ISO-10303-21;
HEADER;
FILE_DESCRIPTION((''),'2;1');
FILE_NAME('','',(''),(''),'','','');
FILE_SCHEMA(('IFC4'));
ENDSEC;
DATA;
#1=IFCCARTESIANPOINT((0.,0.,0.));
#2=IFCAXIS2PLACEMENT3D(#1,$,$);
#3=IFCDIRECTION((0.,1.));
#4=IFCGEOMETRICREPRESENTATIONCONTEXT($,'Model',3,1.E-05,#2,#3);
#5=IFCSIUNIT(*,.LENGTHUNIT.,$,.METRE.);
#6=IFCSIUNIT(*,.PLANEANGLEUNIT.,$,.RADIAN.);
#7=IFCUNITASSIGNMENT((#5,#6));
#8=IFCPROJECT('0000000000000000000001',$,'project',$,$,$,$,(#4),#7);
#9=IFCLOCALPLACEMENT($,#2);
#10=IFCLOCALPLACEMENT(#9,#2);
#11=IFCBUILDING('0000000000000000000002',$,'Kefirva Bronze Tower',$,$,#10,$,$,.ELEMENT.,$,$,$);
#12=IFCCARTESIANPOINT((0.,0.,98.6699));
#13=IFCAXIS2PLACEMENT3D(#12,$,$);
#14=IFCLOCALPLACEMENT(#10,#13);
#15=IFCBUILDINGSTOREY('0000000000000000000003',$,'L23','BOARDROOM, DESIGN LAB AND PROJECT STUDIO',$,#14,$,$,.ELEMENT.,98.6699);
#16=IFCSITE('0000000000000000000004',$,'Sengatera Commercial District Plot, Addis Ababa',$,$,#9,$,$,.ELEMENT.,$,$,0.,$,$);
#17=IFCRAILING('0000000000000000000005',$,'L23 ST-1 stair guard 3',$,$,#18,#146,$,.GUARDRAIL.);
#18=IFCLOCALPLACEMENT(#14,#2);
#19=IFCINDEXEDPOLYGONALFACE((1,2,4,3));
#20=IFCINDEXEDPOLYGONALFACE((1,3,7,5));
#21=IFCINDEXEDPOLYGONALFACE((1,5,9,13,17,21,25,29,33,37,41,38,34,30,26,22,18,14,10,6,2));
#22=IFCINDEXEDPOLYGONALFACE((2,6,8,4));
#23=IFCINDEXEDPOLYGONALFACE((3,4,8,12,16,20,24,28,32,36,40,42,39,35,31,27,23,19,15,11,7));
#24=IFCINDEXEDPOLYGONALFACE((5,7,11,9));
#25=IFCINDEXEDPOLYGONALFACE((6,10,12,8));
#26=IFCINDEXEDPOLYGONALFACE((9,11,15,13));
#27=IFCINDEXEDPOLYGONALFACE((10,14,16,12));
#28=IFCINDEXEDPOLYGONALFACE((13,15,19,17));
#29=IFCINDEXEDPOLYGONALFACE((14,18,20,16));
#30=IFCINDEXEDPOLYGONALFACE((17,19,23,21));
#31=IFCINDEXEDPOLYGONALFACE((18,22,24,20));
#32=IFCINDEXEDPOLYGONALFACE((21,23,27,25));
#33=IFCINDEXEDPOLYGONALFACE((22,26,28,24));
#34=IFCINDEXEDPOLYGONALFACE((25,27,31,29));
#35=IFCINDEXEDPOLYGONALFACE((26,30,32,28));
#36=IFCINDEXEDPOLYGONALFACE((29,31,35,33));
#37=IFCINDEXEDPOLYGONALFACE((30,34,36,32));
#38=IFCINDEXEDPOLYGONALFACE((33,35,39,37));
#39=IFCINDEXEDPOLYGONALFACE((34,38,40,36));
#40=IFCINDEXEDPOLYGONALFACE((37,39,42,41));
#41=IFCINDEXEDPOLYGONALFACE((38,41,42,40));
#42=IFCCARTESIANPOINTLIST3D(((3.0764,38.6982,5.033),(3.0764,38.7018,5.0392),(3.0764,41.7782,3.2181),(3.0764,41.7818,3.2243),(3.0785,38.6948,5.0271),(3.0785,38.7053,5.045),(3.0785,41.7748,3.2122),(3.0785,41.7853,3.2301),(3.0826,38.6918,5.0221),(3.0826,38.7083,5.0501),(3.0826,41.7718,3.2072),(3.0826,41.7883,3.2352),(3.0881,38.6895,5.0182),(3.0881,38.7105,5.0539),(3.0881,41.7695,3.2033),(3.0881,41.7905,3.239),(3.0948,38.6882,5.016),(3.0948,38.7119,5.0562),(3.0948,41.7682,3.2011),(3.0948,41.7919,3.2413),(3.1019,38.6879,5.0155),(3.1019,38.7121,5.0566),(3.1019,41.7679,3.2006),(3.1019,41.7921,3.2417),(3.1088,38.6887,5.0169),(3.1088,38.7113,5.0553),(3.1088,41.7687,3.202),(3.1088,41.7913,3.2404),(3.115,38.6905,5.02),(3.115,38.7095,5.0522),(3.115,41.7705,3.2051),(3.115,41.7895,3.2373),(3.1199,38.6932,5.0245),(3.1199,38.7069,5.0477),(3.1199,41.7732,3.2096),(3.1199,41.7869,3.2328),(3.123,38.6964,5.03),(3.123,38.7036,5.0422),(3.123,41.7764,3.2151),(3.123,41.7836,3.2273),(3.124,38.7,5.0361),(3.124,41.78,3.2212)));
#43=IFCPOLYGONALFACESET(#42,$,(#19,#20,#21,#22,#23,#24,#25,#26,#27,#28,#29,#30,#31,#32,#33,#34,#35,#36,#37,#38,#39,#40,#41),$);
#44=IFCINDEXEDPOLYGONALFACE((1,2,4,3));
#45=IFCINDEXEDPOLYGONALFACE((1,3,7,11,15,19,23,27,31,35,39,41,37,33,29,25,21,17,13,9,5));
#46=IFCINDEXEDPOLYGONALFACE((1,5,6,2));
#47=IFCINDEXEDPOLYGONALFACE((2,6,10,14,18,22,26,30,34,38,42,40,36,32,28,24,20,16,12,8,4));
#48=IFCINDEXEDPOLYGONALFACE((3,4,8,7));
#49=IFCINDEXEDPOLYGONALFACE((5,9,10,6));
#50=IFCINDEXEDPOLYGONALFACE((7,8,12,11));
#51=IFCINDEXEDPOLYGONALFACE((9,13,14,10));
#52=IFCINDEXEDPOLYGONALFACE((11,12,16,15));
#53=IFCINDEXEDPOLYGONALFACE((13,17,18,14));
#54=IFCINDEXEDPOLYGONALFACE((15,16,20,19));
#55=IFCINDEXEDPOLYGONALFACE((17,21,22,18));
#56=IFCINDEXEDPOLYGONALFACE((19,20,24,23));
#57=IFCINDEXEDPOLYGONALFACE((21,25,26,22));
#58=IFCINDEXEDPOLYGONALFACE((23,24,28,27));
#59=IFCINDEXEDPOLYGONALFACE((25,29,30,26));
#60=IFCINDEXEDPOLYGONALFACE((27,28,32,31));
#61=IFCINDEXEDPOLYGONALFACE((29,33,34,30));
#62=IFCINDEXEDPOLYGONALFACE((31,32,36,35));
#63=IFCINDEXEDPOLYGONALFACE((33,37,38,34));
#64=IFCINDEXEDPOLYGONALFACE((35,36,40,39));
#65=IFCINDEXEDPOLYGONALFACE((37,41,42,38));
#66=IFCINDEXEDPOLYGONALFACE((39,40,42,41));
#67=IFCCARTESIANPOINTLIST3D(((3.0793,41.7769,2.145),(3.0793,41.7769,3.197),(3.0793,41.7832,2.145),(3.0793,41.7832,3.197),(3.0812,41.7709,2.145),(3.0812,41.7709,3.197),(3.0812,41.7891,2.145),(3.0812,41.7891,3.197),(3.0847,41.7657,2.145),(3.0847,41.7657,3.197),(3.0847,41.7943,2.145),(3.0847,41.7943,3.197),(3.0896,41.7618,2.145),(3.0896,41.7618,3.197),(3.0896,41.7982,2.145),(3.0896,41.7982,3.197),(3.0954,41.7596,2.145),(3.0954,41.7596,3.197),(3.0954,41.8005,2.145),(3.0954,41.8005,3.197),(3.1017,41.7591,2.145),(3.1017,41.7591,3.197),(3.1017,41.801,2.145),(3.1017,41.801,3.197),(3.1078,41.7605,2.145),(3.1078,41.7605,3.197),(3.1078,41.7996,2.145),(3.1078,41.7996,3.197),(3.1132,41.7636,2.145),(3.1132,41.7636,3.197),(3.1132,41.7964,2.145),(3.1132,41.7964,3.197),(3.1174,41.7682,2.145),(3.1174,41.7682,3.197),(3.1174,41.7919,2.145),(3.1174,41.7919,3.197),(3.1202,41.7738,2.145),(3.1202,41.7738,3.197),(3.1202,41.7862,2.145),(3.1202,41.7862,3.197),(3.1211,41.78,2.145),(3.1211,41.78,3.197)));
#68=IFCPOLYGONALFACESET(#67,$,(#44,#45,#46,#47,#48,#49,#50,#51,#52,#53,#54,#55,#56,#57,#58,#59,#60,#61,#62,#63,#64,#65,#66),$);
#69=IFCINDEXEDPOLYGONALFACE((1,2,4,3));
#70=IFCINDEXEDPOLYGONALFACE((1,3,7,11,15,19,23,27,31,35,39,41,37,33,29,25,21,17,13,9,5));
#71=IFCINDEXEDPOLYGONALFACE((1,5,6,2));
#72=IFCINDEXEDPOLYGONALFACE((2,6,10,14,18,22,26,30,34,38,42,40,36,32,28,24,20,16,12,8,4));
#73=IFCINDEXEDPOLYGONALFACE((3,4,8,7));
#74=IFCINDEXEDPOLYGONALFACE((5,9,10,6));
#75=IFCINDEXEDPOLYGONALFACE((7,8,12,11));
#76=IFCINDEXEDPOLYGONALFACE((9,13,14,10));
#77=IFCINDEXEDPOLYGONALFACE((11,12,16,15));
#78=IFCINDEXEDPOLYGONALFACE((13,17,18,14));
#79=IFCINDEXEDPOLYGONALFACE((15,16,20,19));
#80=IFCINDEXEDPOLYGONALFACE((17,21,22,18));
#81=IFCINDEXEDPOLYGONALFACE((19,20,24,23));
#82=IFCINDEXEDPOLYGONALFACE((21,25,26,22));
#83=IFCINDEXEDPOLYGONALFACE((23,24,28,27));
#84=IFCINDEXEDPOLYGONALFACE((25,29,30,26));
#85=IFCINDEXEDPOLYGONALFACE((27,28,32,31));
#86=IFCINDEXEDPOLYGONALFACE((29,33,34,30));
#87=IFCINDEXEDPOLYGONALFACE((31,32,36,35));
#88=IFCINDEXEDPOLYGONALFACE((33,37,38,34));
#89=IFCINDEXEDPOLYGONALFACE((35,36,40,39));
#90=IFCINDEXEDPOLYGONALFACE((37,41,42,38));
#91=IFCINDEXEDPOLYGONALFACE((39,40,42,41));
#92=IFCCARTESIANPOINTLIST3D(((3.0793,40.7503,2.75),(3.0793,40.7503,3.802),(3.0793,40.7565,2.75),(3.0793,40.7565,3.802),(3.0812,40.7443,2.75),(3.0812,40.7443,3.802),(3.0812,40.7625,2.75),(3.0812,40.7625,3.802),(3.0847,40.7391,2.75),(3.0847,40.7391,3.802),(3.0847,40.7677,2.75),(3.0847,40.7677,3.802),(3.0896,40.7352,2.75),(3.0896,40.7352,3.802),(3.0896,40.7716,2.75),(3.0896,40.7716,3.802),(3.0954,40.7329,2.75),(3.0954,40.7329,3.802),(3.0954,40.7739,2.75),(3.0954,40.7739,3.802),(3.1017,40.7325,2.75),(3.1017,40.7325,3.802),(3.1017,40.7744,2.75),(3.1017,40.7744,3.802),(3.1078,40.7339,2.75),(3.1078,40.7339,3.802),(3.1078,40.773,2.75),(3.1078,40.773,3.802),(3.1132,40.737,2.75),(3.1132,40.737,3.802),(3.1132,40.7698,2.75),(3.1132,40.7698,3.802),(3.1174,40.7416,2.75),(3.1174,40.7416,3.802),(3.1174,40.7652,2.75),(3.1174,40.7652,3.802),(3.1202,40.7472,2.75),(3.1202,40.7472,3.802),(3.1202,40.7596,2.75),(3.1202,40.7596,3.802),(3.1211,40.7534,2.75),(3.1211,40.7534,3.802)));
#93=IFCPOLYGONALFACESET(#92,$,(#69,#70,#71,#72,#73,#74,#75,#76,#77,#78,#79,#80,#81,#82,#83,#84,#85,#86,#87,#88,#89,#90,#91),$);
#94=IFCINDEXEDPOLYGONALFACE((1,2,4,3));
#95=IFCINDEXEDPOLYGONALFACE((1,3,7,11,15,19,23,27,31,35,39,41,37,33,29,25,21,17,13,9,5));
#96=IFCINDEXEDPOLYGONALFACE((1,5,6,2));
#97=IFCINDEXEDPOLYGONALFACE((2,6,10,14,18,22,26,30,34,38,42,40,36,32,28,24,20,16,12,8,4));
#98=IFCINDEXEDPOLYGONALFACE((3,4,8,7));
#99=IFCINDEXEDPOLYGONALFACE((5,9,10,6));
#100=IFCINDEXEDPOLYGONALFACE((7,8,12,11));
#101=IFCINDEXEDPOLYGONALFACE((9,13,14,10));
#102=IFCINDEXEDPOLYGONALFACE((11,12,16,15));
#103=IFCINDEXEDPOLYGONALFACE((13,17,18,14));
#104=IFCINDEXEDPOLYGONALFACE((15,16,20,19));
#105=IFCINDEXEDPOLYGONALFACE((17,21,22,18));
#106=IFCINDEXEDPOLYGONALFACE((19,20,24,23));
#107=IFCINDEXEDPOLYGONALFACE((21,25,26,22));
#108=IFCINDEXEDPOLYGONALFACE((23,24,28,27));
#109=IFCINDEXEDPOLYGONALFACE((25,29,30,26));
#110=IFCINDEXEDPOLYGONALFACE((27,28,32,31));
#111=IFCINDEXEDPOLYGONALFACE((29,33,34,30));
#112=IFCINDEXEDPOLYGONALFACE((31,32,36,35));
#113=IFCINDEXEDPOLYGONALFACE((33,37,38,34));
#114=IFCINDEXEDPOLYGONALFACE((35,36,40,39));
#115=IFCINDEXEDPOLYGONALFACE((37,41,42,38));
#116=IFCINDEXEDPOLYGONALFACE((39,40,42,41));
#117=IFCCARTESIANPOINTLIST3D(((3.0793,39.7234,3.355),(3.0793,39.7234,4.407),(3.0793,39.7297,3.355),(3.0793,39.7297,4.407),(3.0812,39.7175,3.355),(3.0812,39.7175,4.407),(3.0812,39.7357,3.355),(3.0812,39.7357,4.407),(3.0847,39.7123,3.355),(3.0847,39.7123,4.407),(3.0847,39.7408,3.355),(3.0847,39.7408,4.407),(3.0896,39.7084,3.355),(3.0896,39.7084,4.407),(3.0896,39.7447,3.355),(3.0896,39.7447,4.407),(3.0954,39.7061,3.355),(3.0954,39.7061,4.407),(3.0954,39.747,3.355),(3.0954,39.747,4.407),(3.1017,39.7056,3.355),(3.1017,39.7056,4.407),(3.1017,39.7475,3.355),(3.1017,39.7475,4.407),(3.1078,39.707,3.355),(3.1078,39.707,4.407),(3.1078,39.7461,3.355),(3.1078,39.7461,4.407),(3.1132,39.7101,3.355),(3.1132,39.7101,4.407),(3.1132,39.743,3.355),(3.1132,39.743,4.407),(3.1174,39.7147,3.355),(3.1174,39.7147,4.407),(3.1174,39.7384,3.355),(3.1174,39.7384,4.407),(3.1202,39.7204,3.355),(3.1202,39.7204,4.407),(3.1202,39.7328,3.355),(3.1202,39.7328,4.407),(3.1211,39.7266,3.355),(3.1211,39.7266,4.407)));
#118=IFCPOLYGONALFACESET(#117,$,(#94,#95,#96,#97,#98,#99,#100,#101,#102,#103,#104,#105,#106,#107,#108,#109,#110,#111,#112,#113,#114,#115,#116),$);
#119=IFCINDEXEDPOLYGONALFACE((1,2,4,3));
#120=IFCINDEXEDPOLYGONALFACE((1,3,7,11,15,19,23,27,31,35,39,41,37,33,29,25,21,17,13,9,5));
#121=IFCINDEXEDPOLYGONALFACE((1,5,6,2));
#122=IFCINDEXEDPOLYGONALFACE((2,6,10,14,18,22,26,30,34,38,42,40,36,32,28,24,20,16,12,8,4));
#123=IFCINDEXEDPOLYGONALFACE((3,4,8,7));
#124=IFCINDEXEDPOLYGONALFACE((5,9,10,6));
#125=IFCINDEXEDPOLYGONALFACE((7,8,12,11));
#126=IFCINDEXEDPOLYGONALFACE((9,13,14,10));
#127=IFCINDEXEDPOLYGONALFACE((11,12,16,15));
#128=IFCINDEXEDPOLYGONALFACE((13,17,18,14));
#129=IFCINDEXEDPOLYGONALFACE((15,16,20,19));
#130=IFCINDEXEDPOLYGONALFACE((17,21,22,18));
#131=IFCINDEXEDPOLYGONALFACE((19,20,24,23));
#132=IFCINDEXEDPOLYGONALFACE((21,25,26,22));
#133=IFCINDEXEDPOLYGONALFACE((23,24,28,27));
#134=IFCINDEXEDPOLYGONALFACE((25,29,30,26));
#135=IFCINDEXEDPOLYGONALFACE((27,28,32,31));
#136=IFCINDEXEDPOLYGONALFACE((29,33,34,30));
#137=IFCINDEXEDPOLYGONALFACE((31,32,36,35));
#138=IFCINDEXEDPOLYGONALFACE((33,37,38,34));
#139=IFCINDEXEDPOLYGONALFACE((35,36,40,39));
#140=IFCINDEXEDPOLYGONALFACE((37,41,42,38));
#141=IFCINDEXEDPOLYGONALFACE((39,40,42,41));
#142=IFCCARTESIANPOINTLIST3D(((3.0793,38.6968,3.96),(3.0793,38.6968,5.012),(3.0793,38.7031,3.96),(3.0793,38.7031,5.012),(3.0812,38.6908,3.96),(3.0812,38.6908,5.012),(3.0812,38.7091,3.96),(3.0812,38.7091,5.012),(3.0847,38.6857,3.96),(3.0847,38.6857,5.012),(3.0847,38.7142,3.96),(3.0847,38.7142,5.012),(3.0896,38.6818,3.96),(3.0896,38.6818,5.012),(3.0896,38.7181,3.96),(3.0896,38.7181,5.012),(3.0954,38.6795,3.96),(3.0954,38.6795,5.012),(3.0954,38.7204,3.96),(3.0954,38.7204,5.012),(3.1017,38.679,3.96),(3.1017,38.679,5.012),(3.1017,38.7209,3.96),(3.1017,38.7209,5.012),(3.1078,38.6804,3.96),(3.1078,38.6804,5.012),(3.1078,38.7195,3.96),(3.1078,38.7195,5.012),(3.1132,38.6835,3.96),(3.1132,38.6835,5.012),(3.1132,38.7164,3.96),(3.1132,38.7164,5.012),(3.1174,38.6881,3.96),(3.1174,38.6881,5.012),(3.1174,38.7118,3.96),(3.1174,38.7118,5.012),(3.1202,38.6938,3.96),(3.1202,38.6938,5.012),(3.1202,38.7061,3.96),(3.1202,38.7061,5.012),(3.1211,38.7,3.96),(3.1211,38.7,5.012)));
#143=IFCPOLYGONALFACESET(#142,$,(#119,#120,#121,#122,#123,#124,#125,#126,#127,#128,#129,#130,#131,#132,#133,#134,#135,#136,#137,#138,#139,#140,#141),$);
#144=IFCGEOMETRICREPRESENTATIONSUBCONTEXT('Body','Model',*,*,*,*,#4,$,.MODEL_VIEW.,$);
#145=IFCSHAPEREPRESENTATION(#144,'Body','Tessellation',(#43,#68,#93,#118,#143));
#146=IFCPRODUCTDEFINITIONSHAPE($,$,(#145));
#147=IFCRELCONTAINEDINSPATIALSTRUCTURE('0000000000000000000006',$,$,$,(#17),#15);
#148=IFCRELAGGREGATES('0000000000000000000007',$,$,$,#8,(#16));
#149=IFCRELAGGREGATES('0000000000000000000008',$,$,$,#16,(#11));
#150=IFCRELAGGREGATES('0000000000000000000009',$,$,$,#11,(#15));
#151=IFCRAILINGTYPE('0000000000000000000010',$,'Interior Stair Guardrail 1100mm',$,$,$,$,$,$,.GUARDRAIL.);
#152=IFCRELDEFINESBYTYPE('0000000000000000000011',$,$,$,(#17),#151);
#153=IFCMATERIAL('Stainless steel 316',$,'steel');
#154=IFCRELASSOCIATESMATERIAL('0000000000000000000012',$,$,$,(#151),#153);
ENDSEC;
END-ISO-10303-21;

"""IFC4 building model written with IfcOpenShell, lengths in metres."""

from ifc_helpers import new_model, si_unit, direction, frame, origin, origin_2d, place, context, subcontext, project, spatial, circle, extrude, material, type_object, element, save


model = new_model("IFC4")

# Units and contexts
model_context = context("Model", 3, precision=1e-05, world=origin(), true_north=direction((0.0, 1.0)))
body_context = subcontext(model_context, "Body", "Model", "MODEL_VIEW")
ifc_project = project(units=[si_unit("LENGTHUNIT", "METRE"), si_unit("PLANEANGLEUNIT", "RADIAN")], contexts=[model_context])

# Site, building, storey
site_placement = place(None, origin())
site = spatial("IfcSite", under=ifc_project, at=site_placement, Name="Sengatera Commercial District Plot, Addis Ababa", CompositionType="ELEMENT", RefElevation=0.0)
building_placement = place(site_placement, origin())
building = spatial("IfcBuilding", under=site, at=building_placement, Name="Kefirva Bronze Tower", CompositionType="ELEMENT")
storey_placement = place(building_placement, frame((0.0, 0.0, 98.6699)))
storey = spatial("IfcBuildingStorey", under=building, at=storey_placement, Name="L23", Description="BOARDROOM, DESIGN LAB AND PROJECT STUDIO", CompositionType="ELEMENT", Elevation=98.6699)

# Railing
ifc_material_1 = material(Name="Stainless steel 316", Category="steel")
railing_type_1 = type_object("IfcRailingType", Name="Interior Stair Guardrail 1100mm", PredefinedType="GUARDRAIL", material=ifc_material_1)
railing_1_placement = place(storey_placement, frame((3.1001, 41.78, 2.145)))
element("IfcRailing", 1, at=railing_1_placement, inside=storey, type_object=railing_type_1, Name="L23 ST-1 stair guard 3", PredefinedType="GUARDRAIL", context=body_context, shape_type="SweptSolid", body=[
    extrude(circle(Radius=0.0239, at=origin_2d()), frame((0.0, 0.0, 1.0762), z_axis=(0.0, -0.861551, 0.507671), x_axis=(1.0, 0.0, 0.0)), (0.0, 0.0, 1.0), 3.575),
    extrude(circle(Radius=0.021, at=origin_2d()), origin(), (0.0, 0.0, 1.0), 1.052),
    extrude(circle(Radius=0.021, at=origin_2d()), frame((0.0, -1.0266, 0.605)), (0.0, 0.0, 1.0), 1.052),
    extrude(circle(Radius=0.021, at=origin_2d()), frame((0.0, -2.0535, 1.21)), (0.0, 0.0, 1.0), 1.052),
    extrude(circle(Radius=0.021, at=origin_2d()), frame((0.0, -3.0801, 1.8149)), (0.0, 0.0, 1.0), 1.052),
])

save(model, "model.ifc")
